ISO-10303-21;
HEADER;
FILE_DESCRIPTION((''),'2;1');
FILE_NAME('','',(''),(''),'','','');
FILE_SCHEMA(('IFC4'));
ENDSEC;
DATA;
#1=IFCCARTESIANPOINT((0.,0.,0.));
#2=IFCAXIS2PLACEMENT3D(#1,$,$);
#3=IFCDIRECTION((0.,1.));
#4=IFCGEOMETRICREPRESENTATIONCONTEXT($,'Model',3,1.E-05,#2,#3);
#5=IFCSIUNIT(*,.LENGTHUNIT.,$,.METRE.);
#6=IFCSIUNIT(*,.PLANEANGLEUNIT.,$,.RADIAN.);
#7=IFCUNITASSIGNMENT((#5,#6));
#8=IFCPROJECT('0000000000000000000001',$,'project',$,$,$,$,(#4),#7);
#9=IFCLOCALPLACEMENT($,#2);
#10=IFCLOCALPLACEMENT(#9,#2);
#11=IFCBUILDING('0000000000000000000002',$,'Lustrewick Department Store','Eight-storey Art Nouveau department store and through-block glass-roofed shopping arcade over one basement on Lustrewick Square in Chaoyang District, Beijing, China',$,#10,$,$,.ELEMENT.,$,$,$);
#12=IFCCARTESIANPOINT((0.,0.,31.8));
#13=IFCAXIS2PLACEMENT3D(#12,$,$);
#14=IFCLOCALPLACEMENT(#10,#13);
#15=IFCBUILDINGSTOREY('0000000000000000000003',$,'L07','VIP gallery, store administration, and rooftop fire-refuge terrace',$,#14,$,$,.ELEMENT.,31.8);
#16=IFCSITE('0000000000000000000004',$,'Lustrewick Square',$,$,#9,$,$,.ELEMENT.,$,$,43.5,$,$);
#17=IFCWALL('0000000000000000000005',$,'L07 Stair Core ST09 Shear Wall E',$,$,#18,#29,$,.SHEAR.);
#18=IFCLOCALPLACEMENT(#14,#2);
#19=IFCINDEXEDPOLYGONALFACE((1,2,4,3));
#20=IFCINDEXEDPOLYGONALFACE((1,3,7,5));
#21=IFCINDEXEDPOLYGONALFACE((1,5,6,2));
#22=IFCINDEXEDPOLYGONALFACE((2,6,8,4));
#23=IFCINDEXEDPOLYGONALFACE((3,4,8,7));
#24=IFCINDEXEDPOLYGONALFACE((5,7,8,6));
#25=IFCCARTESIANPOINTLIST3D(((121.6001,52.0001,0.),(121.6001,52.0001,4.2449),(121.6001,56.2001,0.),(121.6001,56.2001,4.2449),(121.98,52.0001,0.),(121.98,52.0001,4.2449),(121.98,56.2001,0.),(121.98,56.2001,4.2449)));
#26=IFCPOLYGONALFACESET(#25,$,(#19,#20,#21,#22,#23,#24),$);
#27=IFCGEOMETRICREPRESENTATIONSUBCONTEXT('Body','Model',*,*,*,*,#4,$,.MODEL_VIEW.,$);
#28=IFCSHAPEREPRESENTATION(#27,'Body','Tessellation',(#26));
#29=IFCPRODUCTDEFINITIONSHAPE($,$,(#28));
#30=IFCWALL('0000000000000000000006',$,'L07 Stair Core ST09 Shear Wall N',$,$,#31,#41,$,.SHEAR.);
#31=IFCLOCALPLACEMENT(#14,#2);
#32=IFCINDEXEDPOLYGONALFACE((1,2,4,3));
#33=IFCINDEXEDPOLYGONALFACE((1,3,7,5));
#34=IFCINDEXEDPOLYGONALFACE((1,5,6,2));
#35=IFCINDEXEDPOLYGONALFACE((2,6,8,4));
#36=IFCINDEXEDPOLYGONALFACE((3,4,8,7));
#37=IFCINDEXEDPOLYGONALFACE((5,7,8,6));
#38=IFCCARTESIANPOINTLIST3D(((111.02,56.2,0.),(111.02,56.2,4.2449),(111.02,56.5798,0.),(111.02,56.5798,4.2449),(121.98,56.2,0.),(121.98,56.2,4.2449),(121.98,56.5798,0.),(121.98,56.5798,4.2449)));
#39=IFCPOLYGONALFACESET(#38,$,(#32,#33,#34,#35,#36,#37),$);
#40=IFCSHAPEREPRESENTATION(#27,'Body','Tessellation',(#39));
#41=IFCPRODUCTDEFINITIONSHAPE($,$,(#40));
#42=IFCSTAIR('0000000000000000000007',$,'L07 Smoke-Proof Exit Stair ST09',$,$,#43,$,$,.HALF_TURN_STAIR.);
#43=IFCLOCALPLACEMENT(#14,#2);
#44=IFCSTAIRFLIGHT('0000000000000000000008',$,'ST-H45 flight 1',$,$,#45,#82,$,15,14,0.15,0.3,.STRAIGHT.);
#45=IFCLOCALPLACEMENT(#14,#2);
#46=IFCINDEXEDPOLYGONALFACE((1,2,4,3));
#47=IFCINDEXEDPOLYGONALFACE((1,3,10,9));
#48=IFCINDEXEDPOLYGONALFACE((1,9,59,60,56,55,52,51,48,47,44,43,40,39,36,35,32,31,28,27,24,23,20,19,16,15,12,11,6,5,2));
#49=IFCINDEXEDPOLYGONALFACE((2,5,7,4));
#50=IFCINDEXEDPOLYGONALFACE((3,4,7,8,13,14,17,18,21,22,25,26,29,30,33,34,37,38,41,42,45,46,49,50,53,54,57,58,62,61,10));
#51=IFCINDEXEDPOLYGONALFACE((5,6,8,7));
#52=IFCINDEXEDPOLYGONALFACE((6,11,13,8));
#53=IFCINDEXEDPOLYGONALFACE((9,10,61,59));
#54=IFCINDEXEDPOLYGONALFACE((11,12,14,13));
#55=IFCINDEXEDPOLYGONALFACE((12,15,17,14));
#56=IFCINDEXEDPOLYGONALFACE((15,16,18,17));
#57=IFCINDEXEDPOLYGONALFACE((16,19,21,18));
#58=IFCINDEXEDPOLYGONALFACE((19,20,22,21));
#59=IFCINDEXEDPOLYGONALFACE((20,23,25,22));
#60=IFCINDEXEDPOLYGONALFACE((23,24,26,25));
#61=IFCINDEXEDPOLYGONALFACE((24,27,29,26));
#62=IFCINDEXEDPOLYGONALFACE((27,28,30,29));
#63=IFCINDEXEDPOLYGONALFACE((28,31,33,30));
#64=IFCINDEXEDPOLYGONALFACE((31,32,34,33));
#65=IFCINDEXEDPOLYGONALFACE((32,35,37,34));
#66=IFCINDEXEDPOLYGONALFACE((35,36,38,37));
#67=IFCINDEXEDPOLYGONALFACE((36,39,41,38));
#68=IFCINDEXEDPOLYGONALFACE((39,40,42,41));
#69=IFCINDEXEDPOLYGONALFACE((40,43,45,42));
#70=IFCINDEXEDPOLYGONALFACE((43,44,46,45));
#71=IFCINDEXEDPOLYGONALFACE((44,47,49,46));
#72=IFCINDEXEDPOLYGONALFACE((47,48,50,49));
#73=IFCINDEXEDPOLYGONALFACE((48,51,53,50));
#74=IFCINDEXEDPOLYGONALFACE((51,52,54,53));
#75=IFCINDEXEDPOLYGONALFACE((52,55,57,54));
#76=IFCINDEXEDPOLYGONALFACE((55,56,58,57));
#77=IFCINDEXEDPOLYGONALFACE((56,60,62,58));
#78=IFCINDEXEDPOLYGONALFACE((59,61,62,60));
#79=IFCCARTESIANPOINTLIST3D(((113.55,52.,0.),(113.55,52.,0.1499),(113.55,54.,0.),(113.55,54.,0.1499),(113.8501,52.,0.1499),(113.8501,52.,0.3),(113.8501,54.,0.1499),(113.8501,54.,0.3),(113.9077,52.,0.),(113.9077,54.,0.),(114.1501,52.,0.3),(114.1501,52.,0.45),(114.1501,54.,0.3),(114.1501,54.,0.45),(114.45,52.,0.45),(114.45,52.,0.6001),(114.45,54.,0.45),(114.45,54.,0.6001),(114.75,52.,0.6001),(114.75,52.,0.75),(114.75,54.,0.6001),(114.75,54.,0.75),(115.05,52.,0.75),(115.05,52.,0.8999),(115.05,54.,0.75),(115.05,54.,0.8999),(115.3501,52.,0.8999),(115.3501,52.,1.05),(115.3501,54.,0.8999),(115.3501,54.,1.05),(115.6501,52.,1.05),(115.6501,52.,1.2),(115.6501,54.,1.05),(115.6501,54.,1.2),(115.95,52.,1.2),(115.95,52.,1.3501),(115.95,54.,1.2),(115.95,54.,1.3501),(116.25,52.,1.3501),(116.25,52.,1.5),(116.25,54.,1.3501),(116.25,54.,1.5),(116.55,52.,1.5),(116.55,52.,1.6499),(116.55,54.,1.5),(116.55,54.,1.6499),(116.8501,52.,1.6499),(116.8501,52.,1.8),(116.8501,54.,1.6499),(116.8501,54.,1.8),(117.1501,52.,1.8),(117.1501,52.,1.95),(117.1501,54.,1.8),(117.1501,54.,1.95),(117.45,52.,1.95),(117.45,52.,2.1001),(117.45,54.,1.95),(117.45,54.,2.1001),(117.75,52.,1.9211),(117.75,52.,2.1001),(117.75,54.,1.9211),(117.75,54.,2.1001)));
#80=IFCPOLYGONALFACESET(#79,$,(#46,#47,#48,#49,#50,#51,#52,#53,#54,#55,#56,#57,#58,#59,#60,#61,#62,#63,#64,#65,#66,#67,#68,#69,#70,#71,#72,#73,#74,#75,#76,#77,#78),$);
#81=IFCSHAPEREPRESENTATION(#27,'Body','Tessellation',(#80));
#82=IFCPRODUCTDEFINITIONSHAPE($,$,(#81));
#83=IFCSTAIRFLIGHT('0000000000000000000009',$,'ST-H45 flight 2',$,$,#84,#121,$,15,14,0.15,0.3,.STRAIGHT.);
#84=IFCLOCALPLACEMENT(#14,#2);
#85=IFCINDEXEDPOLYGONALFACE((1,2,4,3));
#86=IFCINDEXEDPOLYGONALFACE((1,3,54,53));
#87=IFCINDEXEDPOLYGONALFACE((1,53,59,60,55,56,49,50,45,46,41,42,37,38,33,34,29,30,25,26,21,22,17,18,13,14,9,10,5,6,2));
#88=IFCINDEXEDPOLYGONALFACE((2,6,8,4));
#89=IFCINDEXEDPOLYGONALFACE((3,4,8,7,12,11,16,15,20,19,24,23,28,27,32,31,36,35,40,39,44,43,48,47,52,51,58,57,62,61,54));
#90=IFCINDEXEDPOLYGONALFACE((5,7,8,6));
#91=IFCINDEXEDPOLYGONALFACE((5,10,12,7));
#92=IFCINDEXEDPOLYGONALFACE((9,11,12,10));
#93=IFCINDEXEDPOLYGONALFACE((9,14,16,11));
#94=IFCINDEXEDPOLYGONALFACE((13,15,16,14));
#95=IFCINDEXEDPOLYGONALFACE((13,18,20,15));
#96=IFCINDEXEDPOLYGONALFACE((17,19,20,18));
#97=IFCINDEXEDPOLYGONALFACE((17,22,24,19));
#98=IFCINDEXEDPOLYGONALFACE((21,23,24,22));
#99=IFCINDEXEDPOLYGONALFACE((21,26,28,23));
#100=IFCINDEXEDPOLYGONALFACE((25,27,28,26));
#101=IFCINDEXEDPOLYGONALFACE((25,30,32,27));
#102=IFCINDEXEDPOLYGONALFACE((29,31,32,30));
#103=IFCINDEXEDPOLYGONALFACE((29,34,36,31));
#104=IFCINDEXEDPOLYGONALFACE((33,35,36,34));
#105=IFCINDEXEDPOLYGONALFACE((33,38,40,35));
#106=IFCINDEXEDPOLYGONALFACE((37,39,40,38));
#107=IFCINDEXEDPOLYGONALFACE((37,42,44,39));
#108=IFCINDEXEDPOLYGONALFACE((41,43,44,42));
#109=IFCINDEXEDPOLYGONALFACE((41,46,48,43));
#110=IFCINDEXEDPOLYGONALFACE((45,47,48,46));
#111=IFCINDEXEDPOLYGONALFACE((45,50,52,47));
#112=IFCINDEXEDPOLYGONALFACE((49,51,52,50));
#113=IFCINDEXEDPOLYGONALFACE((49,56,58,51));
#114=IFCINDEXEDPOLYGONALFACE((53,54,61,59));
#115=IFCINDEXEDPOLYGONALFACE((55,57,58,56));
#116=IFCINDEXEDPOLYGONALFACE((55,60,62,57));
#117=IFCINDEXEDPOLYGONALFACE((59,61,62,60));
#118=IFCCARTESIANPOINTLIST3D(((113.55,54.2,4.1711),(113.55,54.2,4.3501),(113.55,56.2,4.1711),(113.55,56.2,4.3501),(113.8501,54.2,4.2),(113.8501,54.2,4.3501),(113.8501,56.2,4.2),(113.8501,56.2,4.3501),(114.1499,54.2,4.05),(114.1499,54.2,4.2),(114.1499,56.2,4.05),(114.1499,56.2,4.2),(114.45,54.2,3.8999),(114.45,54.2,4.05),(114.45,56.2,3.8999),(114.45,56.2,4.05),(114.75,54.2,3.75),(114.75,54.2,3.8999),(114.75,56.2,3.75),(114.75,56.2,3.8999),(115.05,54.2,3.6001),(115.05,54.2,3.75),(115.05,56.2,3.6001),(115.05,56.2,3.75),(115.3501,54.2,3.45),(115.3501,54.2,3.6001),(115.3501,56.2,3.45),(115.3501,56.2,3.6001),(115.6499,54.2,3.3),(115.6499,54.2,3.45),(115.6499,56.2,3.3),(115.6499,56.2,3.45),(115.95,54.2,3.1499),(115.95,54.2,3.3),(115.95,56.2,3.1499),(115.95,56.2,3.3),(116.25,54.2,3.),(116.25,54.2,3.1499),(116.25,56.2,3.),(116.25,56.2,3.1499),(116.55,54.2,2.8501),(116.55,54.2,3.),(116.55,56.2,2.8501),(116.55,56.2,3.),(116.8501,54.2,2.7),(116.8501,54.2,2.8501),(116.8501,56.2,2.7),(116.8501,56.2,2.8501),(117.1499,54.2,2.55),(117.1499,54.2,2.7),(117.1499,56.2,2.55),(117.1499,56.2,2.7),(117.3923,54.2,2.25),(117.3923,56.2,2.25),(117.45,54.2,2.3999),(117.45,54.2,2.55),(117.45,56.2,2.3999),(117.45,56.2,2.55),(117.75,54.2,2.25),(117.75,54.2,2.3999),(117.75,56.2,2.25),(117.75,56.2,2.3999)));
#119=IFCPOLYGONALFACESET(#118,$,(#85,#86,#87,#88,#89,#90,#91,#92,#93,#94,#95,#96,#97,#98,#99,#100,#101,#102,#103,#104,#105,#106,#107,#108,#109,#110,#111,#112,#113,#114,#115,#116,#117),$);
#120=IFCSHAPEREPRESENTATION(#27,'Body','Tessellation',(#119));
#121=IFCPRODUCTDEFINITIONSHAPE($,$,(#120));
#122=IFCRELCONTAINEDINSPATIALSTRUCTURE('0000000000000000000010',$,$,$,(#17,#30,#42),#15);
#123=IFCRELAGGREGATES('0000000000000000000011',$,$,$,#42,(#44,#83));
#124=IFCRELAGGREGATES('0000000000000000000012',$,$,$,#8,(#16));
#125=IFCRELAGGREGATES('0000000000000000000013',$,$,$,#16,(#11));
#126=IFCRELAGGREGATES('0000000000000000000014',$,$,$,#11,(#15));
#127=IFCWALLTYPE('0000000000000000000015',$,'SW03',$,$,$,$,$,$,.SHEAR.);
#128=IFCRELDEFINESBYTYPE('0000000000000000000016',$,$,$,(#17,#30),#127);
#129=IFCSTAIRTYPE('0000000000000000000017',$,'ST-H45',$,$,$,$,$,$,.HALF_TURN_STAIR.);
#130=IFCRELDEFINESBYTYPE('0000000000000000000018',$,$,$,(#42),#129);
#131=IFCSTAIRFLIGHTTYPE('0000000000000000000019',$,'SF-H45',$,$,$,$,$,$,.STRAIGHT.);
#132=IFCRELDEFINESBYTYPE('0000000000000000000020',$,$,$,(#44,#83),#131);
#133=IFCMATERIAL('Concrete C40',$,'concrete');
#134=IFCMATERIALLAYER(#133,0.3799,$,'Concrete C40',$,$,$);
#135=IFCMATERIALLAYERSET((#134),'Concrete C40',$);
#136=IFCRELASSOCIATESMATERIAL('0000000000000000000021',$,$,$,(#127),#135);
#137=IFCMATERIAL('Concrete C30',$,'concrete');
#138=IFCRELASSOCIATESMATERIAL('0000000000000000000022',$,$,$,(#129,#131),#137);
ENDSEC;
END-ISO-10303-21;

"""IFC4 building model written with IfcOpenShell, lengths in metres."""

from ifc_helpers import new_model, si_unit, direction, frame, frame_2d, origin, place, context, subcontext, project, spatial, polyline, rectangle, outline, extrude, material, layer, layer_set, type_object, element, aggregate, save


model = new_model("IFC4")

# Units and contexts
model_context = context("Model", 3, precision=1e-05, world=origin(), true_north=direction((0.0, 1.0)))
body_context = subcontext(model_context, "Body", "Model", "MODEL_VIEW")
ifc_project = project(units=[si_unit("LENGTHUNIT", "METRE"), si_unit("PLANEANGLEUNIT", "RADIAN")], contexts=[model_context])

# Site, building, storey
site_placement = place(None, origin())
site = spatial("IfcSite", under=ifc_project, at=site_placement, Name="Lustrewick Square", CompositionType="ELEMENT", RefElevation=43.5)
building_placement = place(site_placement, origin())
building = spatial("IfcBuilding", under=site, at=building_placement, Name="Lustrewick Department Store", Description="Eight-storey Art Nouveau department store and through-block glass-roofed shopping arcade over one basement on Lustrewick Square in Chaoyang District, Beijing, China", CompositionType="ELEMENT")
storey_placement = place(building_placement, frame((0.0, 0.0, 31.8)))
storey = spatial("IfcBuildingStorey", under=building, at=storey_placement, Name="L07", Description="VIP gallery, store administration, and rooftop fire-refuge terrace", CompositionType="ELEMENT", Elevation=31.8)

# Walls
ifc_material_1 = material(Name="Concrete C40", Category="concrete")
ifc_layer_1 = layer(ifc_material_1, 0.3799, Name="Concrete C40")
ifc_layer_set_1 = layer_set([ifc_layer_1], Name="Concrete C40")
wall_type_1 = type_object("IfcWallType", Name="SW03", PredefinedType="SHEAR", material=ifc_layer_set_1)
wall_1_placement = place(storey_placement, frame((121.79, 52.0, 0.0), z_axis=(0.0, 0.0, 1.0), x_axis=(0.0, 1.0, 0.0)))
element("IfcWall", 1, at=wall_1_placement, inside=storey, type_object=wall_type_1, Name="L07 Stair Core ST09 Shear Wall E", PredefinedType="SHEAR", context=body_context, shape_type="SweptSolid", body=[
    extrude(rectangle(XDim=4.2, YDim=0.3799, at=frame_2d((2.1001, 0.0))), origin(), (0.0, 0.0, 1.0), 4.2449),
])
wall_2_placement = place(storey_placement, frame((121.98, 56.3899, 0.0), z_axis=(0.0, 0.0, 1.0), x_axis=(-1.0, 0.0, 0.0)))
element("IfcWall", 2, at=wall_2_placement, inside=storey, type_object=wall_type_1, Name="L07 Stair Core ST09 Shear Wall N", PredefinedType="SHEAR", context=body_context, shape_type="SweptSolid", body=[
    extrude(rectangle(XDim=10.96, YDim=0.3799, at=frame_2d((5.48, 0.0))), origin(), (0.0, 0.0, 1.0), 4.2449),
])

# Stair, stair flights
ifc_material_2 = material(Name="Concrete C30", Category="concrete")
stair_type = type_object("IfcStairType", Name="ST-H45", PredefinedType="HALF_TURN_STAIR", material=ifc_material_2)
stair_placement = place(storey_placement, origin())
stair = element("IfcStair", 3, at=stair_placement, inside=storey, type_object=stair_type, Name="L07 Smoke-Proof Exit Stair ST09", PredefinedType="HALF_TURN_STAIR")
stair_flight_type = type_object("IfcStairFlightType", Name="SF-H45", PredefinedType="STRAIGHT", material=ifc_material_2)
stair_flight_1_placement = place(storey_placement, frame((113.55, 53.0, 0.0), z_axis=(0.0, 0.0, 1.0), x_axis=(1.0, 0.0, 0.0)))
stair_flight_1 = element("IfcStairFlight", 4, at=stair_flight_1_placement, type_object=stair_flight_type, Name="ST-H45 flight 1", NumberOfRisers=15, NumberOfTreads=14, PredefinedType="STRAIGHT", RiserHeight=0.15, TreadLength=0.3, context=body_context, shape_type="SweptSolid", body=[
    extrude(outline(polyline([(0.0, 0.0), (0.0, 0.1499), (0.3, 0.1499), (0.3, 0.3), (0.6001, 0.3), (0.6001, 0.45), (0.8999, 0.45), (0.8999, 0.6001), (1.2, 0.6001), (1.2, 0.75), (1.5, 0.75), (1.5, 0.8999), (1.8, 0.8999), (1.8, 1.05), (2.1001, 1.05), (2.1001, 1.2), (2.3999, 1.2), (2.3999, 1.3501), (2.7, 1.3501), (2.7, 1.5), (3.0, 1.5), (3.0, 1.6499), (3.3, 1.6499), (3.3, 1.8), (3.6001, 1.8), (3.6001, 1.95), (3.8999, 1.95), (3.8999, 2.1001), (4.2, 2.1001), (4.2, 2.25), (4.2, 1.9211), (0.3577, 0.0), (0.0, 0.0)])), frame((0.0, 1.0, 0.0), z_axis=(0.0, -1.0, 0.0), x_axis=(1.0, 0.0, 0.0)), (0.0, 0.0, 1.0), 2.0),
])
stair_flight_2_placement = place(storey_placement, frame((117.75, 55.2, 2.25), z_axis=(0.0, 0.0, 1.0), x_axis=(-1.0, 0.0, 0.0)))
stair_flight_2 = element("IfcStairFlight", 5, at=stair_flight_2_placement, type_object=stair_flight_type, Name="ST-H45 flight 2", NumberOfRisers=15, NumberOfTreads=14, PredefinedType="STRAIGHT", RiserHeight=0.15, TreadLength=0.3, context=body_context, shape_type="SweptSolid", body=[
    extrude(outline(polyline([(0.0, 0.0), (0.0, 0.1499), (0.3, 0.1499), (0.3, 0.3), (0.6001, 0.3), (0.6001, 0.45), (0.8999, 0.45), (0.8999, 0.6001), (1.2, 0.6001), (1.2, 0.75), (1.5, 0.75), (1.5, 0.8999), (1.8, 0.8999), (1.8, 1.05), (2.1001, 1.05), (2.1001, 1.2), (2.3999, 1.2), (2.3999, 1.3501), (2.7, 1.3501), (2.7, 1.5), (3.0, 1.5), (3.0, 1.6499), (3.3, 1.6499), (3.3, 1.8), (3.6001, 1.8), (3.6001, 1.95), (3.8999, 1.95), (3.8999, 2.1001), (4.2, 2.1001), (4.2, 2.25), (4.2, 1.9211), (0.3577, 0.0), (0.0, 0.0)])), frame((0.0, 1.0, 0.0), z_axis=(0.0, -1.0, 0.0), x_axis=(1.0, 0.0, 0.0)), (0.0, 0.0, 1.0), 2.0),
])
aggregate(stair, [stair_flight_1, stair_flight_2])

save(model, "model.ifc")
